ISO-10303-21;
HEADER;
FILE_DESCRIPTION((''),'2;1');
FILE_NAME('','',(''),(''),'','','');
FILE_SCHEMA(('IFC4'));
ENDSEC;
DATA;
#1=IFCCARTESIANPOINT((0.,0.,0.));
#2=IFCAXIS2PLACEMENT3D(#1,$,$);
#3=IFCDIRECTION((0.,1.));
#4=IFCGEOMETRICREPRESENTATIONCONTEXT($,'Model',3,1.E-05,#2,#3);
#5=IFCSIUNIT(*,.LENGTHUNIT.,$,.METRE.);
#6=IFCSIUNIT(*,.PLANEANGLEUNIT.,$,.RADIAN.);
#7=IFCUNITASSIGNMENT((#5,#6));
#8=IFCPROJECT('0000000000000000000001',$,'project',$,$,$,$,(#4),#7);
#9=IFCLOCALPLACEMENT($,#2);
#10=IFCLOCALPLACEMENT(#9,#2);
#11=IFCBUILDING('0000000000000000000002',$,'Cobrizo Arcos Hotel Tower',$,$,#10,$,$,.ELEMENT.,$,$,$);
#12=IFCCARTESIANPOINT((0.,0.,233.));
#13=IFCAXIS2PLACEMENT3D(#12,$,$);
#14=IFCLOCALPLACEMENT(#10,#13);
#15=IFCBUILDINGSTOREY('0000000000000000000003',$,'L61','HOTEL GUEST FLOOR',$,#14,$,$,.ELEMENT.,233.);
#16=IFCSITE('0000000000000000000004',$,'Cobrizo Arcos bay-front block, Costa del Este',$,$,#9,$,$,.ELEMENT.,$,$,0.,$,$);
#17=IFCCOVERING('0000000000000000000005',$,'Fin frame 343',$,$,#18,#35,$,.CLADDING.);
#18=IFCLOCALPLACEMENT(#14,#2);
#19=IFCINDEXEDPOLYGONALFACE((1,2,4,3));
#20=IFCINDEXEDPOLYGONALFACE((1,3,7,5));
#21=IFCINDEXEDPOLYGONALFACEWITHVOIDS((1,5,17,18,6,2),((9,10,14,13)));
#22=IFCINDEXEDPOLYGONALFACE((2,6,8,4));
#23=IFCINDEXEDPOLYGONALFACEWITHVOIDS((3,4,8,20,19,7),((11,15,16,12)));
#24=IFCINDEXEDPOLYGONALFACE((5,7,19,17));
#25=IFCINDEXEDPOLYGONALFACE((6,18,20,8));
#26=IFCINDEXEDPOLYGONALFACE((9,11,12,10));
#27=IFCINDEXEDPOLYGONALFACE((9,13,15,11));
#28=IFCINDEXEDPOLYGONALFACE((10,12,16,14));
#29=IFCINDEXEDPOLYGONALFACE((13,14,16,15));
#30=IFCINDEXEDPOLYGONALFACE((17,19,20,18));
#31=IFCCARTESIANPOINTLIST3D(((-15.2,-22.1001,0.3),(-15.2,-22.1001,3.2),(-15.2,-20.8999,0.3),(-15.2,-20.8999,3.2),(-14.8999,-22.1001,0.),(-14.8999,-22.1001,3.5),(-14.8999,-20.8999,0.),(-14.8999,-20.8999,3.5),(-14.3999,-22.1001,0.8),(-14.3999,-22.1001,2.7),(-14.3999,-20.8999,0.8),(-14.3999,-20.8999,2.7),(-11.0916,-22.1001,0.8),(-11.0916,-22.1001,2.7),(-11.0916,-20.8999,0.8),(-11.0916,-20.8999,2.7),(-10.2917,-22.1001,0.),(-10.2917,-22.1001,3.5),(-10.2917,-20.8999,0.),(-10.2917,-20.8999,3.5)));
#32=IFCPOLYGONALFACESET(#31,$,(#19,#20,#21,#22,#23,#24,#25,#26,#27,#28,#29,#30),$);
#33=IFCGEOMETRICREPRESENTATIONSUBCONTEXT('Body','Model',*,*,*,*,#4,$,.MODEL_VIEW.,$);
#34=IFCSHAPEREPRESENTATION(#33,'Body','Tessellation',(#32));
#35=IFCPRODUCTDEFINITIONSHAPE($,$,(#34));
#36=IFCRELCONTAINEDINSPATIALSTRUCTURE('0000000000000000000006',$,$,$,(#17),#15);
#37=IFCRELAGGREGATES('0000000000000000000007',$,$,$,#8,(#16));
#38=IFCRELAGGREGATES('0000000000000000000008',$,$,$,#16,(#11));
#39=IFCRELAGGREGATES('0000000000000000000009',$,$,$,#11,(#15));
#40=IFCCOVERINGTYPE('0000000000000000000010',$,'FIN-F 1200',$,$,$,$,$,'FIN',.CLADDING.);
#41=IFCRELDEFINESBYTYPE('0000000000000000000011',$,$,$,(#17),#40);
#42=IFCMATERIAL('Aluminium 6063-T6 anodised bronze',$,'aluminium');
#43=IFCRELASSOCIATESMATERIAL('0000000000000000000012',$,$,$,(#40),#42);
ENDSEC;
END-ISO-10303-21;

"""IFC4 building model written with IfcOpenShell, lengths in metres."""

from ifc_helpers import new_model, si_unit, direction, frame, origin, place, context, subcontext, project, spatial, polyline, outline, extrude, material, type_object, element, save


model = new_model("IFC4")

# Units and contexts
model_context = context("Model", 3, precision=1e-05, world=origin(), true_north=direction((0.0, 1.0)))
body_context = subcontext(model_context, "Body", "Model", "MODEL_VIEW")
ifc_project = project(units=[si_unit("LENGTHUNIT", "METRE"), si_unit("PLANEANGLEUNIT", "RADIAN")], contexts=[model_context])

# Site, building, storey
site_placement = place(None, origin())
site = spatial("IfcSite", under=ifc_project, at=site_placement, Name="Cobrizo Arcos bay-front block, Costa del Este", CompositionType="ELEMENT", RefElevation=0.0)
building_placement = place(site_placement, origin())
building = spatial("IfcBuilding", under=site, at=building_placement, Name="Cobrizo Arcos Hotel Tower", CompositionType="ELEMENT")
storey_placement = place(building_placement, frame((0.0, 0.0, 233.0)))
storey = spatial("IfcBuildingStorey", under=building, at=storey_placement, Name="L61", Description="HOTEL GUEST FLOOR", CompositionType="ELEMENT", Elevation=233.0)

# Shared definitions
ifc_material_1 = material(Name="Aluminium 6063-T6 anodised bronze", Category="aluminium")

# Covering
covering_type = type_object("IfcCoveringType", Name="FIN-F 1200", ElementType="FIN", PredefinedType="CLADDING", material=ifc_material_1)
covering_placement = place(storey_placement, frame((-15.2, -20.8999, 0.0), z_axis=(0.0, -1.0, 0.0), x_axis=(1.0, 0.0, 0.0)))
element("IfcCovering", 1, at=covering_placement, inside=storey, type_object=covering_type, Name="Fin frame 343", PredefinedType="CLADDING", context=body_context, shape_type="SweptSolid", body=[
    extrude(outline(polyline([(0.0, 0.3), (0.3, 0.0), (4.9082, 0.0), (4.9082, 3.5), (0.3, 3.5), (0.0, 3.2), (0.0, 0.3)]), holes=[polyline([(4.1084, 0.8), (0.8, 0.8), (0.8, 2.7), (4.1084, 2.7), (4.1084, 0.8)])]), origin(), (0.0, 0.0, 1.0), 1.2002),
])

save(model, "model.ifc")
